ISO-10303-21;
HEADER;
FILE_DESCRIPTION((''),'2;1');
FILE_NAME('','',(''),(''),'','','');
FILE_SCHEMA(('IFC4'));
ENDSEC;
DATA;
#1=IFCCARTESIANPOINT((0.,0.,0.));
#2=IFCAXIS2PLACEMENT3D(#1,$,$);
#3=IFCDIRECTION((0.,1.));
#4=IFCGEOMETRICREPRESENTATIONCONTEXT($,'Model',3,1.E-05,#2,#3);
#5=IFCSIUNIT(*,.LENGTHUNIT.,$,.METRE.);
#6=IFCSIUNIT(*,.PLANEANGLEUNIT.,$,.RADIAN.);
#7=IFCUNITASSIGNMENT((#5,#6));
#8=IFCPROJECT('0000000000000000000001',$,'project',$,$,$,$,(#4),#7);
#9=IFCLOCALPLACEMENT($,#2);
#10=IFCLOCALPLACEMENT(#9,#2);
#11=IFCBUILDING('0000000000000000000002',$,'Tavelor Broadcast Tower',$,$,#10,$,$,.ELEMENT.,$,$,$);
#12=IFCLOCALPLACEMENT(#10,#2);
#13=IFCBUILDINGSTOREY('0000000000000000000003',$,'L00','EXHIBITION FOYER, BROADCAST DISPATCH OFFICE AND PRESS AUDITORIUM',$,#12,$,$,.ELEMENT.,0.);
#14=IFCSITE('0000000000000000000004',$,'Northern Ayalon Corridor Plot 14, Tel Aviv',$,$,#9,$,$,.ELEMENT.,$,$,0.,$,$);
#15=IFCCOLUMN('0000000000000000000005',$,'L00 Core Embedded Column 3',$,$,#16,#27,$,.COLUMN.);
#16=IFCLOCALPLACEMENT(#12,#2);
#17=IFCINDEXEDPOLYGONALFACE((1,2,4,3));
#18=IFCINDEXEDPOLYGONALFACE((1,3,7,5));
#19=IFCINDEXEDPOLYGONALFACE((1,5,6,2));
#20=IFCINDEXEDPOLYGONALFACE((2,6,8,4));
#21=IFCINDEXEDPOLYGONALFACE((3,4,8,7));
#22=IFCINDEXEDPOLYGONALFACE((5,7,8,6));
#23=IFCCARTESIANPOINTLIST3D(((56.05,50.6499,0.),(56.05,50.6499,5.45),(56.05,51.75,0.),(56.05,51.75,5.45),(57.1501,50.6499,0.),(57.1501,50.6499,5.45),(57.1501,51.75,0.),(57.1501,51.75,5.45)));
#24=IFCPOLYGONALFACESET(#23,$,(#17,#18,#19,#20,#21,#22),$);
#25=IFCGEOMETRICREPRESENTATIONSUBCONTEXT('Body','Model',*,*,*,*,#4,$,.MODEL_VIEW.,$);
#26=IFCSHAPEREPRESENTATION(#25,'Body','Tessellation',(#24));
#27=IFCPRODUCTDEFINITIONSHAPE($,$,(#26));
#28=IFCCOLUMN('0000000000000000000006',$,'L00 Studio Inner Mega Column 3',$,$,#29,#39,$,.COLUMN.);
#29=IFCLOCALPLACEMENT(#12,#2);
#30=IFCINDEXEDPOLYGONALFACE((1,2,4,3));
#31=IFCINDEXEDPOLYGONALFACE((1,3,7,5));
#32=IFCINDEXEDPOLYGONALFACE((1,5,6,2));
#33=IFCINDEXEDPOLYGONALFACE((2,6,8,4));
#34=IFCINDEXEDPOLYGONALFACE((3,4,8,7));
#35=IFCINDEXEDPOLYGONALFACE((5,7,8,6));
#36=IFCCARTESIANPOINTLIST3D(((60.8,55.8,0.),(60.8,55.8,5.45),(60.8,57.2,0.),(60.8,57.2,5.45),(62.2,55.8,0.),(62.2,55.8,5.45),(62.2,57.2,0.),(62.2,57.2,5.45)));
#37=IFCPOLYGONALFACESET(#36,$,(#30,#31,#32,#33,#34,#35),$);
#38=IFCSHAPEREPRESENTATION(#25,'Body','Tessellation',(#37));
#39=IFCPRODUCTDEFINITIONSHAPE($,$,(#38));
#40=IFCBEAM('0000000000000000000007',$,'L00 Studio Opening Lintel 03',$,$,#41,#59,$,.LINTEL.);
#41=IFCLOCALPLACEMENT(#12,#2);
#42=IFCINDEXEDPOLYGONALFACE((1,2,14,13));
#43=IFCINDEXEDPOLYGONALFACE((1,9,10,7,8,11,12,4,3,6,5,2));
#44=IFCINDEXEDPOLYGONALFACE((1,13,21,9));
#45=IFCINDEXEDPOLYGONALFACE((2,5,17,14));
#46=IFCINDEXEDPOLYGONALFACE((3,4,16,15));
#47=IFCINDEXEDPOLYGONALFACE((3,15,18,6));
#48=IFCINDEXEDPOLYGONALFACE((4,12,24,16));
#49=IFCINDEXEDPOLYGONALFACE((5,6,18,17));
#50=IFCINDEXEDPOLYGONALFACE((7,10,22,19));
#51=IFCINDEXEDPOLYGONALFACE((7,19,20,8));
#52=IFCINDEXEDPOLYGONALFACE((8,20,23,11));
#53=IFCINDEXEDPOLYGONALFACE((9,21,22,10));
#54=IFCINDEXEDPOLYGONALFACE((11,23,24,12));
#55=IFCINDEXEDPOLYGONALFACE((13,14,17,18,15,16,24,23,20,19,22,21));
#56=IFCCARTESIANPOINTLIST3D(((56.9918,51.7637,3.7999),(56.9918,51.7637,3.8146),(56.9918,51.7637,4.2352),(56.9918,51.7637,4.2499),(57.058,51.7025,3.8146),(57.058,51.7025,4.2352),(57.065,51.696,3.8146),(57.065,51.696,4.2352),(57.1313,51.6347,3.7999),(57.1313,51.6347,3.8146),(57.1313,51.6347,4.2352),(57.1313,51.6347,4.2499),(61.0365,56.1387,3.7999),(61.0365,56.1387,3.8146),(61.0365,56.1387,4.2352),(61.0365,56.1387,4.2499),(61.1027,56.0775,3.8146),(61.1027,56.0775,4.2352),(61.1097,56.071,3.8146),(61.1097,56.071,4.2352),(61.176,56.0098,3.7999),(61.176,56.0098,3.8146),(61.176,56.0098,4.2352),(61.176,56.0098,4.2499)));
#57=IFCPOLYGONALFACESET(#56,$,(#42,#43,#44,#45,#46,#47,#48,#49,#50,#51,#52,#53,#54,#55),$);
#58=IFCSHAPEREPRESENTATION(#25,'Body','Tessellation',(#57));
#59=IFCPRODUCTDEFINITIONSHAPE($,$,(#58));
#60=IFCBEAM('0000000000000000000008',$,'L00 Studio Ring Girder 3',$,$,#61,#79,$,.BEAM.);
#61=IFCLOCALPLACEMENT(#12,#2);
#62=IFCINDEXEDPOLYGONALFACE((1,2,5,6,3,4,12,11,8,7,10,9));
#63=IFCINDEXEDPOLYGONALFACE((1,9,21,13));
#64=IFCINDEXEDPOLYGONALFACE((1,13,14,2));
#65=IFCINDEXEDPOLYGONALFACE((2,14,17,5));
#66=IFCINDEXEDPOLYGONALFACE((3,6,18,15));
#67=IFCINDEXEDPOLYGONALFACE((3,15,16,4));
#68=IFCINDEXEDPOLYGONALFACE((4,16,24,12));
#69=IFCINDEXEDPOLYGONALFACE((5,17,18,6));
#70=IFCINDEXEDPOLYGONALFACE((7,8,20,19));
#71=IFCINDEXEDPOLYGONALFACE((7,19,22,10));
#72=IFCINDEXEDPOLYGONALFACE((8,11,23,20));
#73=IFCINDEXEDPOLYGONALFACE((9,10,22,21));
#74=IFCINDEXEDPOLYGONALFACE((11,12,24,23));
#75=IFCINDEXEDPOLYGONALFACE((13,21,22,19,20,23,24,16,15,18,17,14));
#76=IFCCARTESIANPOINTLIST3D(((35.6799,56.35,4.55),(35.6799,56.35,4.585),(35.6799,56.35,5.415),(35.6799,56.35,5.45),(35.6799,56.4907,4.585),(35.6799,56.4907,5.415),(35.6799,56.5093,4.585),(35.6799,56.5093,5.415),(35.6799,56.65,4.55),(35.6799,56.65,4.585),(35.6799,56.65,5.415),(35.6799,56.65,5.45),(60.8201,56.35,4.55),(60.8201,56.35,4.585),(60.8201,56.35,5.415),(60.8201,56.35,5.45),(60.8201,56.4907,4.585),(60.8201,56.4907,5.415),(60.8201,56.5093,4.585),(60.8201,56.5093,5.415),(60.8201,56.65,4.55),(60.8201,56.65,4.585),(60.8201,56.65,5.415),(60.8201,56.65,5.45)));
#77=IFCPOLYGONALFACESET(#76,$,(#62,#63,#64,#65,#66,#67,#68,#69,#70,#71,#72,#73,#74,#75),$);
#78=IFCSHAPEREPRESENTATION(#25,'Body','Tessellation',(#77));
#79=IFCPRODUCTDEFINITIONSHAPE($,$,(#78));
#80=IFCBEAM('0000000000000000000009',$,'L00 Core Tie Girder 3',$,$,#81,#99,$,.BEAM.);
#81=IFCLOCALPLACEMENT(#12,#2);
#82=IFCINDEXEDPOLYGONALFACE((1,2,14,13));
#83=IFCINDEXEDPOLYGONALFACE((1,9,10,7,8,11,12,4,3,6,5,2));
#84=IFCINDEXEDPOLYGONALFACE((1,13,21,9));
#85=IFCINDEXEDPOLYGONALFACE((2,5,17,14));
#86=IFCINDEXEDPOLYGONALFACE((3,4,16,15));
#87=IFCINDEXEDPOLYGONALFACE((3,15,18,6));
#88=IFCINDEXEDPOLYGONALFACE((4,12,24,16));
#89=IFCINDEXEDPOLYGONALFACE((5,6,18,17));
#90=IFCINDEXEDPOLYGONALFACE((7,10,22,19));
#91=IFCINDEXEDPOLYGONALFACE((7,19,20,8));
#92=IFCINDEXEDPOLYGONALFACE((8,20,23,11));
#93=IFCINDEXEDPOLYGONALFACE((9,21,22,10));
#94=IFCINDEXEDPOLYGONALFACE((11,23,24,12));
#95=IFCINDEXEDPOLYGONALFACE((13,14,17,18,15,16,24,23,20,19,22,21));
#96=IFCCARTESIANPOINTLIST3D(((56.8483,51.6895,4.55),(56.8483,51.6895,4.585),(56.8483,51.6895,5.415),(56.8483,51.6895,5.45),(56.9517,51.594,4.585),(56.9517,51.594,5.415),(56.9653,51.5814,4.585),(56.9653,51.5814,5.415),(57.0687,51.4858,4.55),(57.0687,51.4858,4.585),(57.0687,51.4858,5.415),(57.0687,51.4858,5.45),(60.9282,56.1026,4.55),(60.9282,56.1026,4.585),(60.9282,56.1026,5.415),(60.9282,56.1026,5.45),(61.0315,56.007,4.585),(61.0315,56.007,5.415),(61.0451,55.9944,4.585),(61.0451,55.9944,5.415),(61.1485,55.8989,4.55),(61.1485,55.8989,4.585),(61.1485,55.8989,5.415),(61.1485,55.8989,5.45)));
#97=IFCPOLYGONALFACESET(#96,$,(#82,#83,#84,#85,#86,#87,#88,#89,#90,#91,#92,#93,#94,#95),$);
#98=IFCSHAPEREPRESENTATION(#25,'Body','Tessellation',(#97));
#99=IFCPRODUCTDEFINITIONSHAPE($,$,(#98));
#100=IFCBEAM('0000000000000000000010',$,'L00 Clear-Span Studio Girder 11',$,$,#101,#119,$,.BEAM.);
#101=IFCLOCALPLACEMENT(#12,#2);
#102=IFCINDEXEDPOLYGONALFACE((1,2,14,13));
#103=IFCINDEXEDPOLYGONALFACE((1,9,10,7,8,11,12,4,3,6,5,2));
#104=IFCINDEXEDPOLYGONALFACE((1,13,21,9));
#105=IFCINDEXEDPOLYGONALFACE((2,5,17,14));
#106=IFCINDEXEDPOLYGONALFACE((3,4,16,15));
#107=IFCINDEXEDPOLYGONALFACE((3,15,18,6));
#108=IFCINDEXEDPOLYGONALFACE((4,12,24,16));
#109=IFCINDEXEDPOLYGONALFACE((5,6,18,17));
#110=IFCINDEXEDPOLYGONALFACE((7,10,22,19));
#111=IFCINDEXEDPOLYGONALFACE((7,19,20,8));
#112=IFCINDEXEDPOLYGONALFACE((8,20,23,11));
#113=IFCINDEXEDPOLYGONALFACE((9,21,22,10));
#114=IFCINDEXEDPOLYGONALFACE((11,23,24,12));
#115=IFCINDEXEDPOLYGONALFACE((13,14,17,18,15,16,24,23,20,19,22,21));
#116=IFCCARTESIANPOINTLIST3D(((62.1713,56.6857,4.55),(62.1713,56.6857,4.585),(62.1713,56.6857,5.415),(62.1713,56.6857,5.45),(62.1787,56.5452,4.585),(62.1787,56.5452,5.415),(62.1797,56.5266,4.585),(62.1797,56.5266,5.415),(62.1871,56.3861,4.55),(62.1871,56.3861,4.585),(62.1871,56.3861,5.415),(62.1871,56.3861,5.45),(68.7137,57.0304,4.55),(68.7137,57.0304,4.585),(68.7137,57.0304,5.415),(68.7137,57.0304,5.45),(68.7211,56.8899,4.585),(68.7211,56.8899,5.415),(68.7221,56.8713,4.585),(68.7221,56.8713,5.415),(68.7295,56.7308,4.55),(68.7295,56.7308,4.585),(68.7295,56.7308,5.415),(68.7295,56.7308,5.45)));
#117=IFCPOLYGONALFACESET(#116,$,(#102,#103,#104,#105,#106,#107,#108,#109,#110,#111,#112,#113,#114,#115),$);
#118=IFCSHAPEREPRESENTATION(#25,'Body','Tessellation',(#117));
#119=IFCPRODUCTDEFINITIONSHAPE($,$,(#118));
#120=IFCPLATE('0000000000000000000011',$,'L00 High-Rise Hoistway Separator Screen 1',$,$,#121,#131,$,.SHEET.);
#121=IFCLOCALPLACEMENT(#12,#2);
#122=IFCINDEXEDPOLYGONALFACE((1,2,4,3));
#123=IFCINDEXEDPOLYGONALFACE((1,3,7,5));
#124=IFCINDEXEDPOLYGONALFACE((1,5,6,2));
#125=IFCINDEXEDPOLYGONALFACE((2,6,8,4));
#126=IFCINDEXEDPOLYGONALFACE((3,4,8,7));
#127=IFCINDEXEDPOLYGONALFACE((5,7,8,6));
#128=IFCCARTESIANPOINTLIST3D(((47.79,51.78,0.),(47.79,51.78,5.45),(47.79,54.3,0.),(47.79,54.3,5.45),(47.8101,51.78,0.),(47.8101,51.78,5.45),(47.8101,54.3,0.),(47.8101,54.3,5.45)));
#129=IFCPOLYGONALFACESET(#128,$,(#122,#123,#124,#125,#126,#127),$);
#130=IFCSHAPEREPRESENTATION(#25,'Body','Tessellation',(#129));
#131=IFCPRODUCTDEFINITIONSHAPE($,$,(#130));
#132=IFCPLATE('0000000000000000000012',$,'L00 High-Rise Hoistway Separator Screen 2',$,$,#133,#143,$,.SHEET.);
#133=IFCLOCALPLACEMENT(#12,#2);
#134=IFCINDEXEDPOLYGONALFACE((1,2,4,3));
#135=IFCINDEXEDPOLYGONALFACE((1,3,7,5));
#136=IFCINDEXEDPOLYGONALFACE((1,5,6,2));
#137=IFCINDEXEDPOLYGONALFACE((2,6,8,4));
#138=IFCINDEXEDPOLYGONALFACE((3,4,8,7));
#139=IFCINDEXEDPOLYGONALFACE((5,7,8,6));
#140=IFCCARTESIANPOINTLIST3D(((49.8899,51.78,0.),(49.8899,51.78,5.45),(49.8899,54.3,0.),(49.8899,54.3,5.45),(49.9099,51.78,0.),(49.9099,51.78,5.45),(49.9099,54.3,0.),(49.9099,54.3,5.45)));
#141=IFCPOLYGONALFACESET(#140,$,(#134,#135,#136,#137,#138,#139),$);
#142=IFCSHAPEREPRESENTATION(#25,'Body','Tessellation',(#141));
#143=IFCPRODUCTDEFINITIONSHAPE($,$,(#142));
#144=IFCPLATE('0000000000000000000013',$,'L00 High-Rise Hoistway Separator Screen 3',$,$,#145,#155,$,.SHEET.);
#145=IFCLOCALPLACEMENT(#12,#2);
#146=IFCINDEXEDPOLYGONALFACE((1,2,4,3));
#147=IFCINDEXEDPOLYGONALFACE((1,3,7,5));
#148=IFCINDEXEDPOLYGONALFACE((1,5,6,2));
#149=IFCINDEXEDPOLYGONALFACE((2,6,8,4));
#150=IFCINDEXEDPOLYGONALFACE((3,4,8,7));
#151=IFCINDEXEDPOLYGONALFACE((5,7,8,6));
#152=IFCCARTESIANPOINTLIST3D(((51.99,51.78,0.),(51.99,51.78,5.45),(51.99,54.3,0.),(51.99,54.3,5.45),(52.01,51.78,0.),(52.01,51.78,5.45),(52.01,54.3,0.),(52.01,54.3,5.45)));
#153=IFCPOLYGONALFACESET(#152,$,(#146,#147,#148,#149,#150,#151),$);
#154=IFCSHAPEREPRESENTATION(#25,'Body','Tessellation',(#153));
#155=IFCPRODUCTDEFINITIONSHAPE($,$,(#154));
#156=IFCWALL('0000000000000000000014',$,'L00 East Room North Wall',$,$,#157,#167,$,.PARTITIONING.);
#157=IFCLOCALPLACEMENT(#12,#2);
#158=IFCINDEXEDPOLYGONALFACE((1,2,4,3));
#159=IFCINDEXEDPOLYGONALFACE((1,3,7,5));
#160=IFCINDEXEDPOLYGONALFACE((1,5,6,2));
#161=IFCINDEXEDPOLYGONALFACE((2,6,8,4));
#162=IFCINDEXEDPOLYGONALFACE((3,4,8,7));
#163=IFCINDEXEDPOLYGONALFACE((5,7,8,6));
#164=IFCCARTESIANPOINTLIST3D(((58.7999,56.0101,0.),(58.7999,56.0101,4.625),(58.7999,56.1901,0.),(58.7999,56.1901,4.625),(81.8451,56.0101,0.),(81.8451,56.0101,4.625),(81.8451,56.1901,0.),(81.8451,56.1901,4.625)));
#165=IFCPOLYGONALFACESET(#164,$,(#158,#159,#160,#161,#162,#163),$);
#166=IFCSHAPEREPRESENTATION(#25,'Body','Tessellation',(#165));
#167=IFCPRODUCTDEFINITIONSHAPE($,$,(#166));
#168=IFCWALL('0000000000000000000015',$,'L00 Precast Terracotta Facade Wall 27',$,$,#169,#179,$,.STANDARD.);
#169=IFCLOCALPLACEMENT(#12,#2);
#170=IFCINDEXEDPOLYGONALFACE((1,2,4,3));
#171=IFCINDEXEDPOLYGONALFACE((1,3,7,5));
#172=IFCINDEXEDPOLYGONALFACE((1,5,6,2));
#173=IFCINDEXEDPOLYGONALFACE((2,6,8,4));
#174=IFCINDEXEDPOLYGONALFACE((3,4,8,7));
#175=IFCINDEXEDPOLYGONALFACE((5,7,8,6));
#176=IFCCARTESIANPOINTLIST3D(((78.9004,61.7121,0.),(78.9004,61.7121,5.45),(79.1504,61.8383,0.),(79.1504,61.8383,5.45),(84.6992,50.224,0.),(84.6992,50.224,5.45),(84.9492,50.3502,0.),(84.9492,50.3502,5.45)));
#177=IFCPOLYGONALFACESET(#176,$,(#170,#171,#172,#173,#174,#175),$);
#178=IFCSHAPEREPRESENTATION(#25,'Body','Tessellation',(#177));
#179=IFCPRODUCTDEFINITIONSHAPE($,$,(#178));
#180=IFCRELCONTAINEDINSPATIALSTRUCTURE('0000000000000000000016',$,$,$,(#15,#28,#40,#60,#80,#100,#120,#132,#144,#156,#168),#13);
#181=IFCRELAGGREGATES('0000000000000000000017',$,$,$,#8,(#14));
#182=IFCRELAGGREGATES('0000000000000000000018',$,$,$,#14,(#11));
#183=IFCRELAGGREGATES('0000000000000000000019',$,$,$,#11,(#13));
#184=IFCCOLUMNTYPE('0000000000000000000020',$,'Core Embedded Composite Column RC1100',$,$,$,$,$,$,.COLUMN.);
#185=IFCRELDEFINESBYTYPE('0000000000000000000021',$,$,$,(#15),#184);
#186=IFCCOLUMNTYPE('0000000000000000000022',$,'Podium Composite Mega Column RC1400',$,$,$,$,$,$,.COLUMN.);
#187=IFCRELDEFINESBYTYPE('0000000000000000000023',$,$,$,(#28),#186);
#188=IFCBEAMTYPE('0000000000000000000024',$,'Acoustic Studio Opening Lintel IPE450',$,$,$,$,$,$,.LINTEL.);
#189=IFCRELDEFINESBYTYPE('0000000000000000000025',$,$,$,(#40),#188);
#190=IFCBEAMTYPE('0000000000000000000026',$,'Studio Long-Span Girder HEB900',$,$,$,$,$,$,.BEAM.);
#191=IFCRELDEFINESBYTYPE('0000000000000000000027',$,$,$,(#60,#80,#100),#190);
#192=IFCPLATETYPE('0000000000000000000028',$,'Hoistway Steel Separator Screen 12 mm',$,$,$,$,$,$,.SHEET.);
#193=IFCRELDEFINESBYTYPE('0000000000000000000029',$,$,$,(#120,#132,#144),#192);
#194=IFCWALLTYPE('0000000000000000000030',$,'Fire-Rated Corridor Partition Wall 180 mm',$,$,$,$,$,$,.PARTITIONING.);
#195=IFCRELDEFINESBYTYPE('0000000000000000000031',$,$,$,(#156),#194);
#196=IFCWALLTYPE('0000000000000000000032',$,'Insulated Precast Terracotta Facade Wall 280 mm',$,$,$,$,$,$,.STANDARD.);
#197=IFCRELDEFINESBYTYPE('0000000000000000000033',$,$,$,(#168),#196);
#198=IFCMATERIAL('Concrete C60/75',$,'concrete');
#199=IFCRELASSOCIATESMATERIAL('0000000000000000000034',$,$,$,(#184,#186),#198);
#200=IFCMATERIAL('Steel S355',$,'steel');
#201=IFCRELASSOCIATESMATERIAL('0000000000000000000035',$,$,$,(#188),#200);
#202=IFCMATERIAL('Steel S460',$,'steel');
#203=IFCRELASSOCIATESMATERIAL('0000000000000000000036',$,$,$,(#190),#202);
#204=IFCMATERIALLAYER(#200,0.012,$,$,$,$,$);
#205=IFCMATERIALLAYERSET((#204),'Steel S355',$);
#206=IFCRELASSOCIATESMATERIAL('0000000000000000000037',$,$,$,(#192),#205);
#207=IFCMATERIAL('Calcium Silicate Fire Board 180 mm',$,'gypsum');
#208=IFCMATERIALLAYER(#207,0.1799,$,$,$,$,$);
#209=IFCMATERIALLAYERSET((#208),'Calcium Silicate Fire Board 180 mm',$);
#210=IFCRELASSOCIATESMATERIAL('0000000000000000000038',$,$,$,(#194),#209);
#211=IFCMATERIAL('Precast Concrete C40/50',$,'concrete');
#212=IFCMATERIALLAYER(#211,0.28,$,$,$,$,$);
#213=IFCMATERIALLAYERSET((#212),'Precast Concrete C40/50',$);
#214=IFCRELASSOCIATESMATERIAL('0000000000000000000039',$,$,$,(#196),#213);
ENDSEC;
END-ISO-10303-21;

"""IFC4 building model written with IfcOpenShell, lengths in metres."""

from ifc_helpers import new_model, si_unit, direction, frame, frame_2d, origin, origin_2d, place, context, subcontext, project, spatial, rectangle, i_section, extrude, source, transform, mapped, material, layer, layer_set, material_profile, profile_set, type_object, type_shapes, element, save


model = new_model("IFC4")

# Units and contexts
model_context = context("Model", 3, precision=1e-05, world=origin(), true_north=direction((0.0, 1.0)))
body_context = subcontext(model_context, "Body", "Model", "MODEL_VIEW")
ifc_project = project(units=[si_unit("LENGTHUNIT", "METRE"), si_unit("PLANEANGLEUNIT", "RADIAN")], contexts=[model_context])

# Site, building, storey
site_placement = place(None, origin())
site = spatial("IfcSite", under=ifc_project, at=site_placement, Name="Northern Ayalon Corridor Plot 14, Tel Aviv", CompositionType="ELEMENT", RefElevation=0.0)
building_placement = place(site_placement, origin())
building = spatial("IfcBuilding", under=site, at=building_placement, Name="Tavelor Broadcast Tower", CompositionType="ELEMENT")
storey_placement = place(building_placement, origin())
storey = spatial("IfcBuildingStorey", under=building, at=storey_placement, Name="L00", Description="EXHIBITION FOYER, BROADCAST DISPATCH OFFICE AND PRESS AUDITORIUM", CompositionType="ELEMENT", Elevation=0.0)

# Columns
ifc_material_1 = material(Name="Concrete C60/75", Category="concrete")
ifc_material_profile_1 = material_profile(ifc_material_1, rectangle(XDim=1.1001, YDim=1.1001, at=origin_2d()), Name="RC 1100x1100")
ifc_profile_set_1 = profile_set([ifc_material_profile_1], Name="Concrete C60/75")
column_type_1 = type_object("IfcColumnType", Name="Core Embedded Composite Column RC1100", PredefinedType="COLUMN", material=ifc_profile_set_1)
column_1_placement = place(storey_placement, frame((56.6001, 51.2, 0.0), z_axis=(0.0, 0.0, 1.0), x_axis=(1.0, 0.0, 0.0)))
element("IfcColumn", 1, at=column_1_placement, inside=storey, type_object=column_type_1, Name="L00 Core Embedded Column 3", PredefinedType="COLUMN", context=body_context, shape_type="SweptSolid", body=[
    extrude(rectangle(XDim=1.1001, YDim=1.1001, at=origin_2d()), origin(), (0.0, 0.0, 1.0), 5.45),
])
ifc_material_profile_2 = material_profile(ifc_material_1, rectangle(XDim=1.3999, YDim=1.3999, at=origin_2d()), Name="RC 1400x1400")
ifc_profile_set_2 = profile_set([ifc_material_profile_2], Name="Concrete C60/75")
column_type_2 = type_object("IfcColumnType", Name="Podium Composite Mega Column RC1400", PredefinedType="COLUMN", material=ifc_profile_set_2)
column_2_placement = place(storey_placement, frame((61.5, 56.5, 0.0), z_axis=(0.0, 0.0, 1.0), x_axis=(1.0, 0.0, 0.0)))
element("IfcColumn", 2, at=column_2_placement, inside=storey, type_object=column_type_2, Name="L00 Studio Inner Mega Column 3", PredefinedType="COLUMN", context=body_context, shape_type="SweptSolid", body=[
    extrude(rectangle(XDim=1.3999, YDim=1.3999, at=origin_2d()), origin(), (0.0, 0.0, 1.0), 5.45),
])

# Beams
ifc_material_2 = material(Name="Steel S355", Category="steel")
ifc_material_profile_3 = material_profile(ifc_material_2, i_section(OverallWidth=0.1899, OverallDepth=0.45, WebThickness=0.0095, FlangeThickness=0.0146, at=origin_2d()), Name="IPE 450")
ifc_profile_set_3 = profile_set([ifc_material_profile_3], Name="Steel S355")
beam_type_1 = type_object("IfcBeamType", Name="Acoustic Studio Opening Lintel IPE450", PredefinedType="LINTEL", material=ifc_profile_set_3)
beam_1_placement = place(storey_placement, frame((57.0615, 51.6992, 4.0249), z_axis=(0.678843, 0.734283, 0.0), x_axis=(-0.734283, 0.678843, 0.0)))
element("IfcBeam", 3, at=beam_1_placement, inside=storey, type_object=beam_type_1, Name="L00 Studio Opening Lintel 03", PredefinedType="LINTEL", context=body_context, shape_type="SweptSolid", body=[
    extrude(i_section(OverallWidth=0.1899, OverallDepth=0.45, WebThickness=0.0095, FlangeThickness=0.0146, at=origin_2d()), origin(), (0.0, 0.0, 1.0), 5.9583),
])
ifc_material_3 = material(Name="Steel S460", Category="steel")
ifc_material_profile_4 = material_profile(ifc_material_3, i_section(OverallWidth=0.3, OverallDepth=0.8999, WebThickness=0.0186, FlangeThickness=0.0349, at=origin_2d()), Name="HEB 900")
ifc_profile_set_4 = profile_set([ifc_material_profile_4], Name="Steel S460")
beam_type_2 = type_object("IfcBeamType", Name="Studio Long-Span Girder HEB900", PredefinedType="BEAM", material=ifc_profile_set_4)
beam_2_placement = place(storey_placement, frame((60.8201, 56.5, 5.0), z_axis=(-1.0, 0.0, 0.0), x_axis=(0.0, -1.0, 0.0)))
element("IfcBeam", 4, at=beam_2_placement, inside=storey, type_object=beam_type_2, Name="L00 Studio Ring Girder 3", PredefinedType="BEAM", context=body_context, shape_type="SweptSolid", body=[
    extrude(i_section(OverallWidth=0.3, OverallDepth=0.8999, WebThickness=0.0186, FlangeThickness=0.0349, at=origin_2d()), origin(), (0.0, 0.0, 1.0), 25.1401),
])
beam_3_placement = place(storey_placement, frame((61.0383, 56.0007, 5.0), z_axis=(-0.678838, -0.734288, 0.0), x_axis=(0.734288, -0.678838, 0.0)))
element("IfcBeam", 5, at=beam_3_placement, inside=storey, type_object=beam_type_2, Name="L00 Core Tie Girder 3", PredefinedType="BEAM", context=body_context, shape_type="SweptSolid", body=[
    extrude(i_section(OverallWidth=0.3, OverallDepth=0.8999, WebThickness=0.0186, FlangeThickness=0.0349, at=origin_2d()), origin(), (0.0, 0.0, 1.0), 6.01),
])
beam_4_placement = place(storey_placement, frame((62.1792, 56.5359, 5.0), z_axis=(0.998615, 0.052618, 0.0), x_axis=(-0.052618, 0.998615, 0.0)))
element("IfcBeam", 6, at=beam_4_placement, inside=storey, type_object=beam_type_2, Name="L00 Clear-Span Studio Girder 11", PredefinedType="BEAM", context=body_context, shape_type="SweptSolid", body=[
    extrude(i_section(OverallWidth=0.3, OverallDepth=0.8999, WebThickness=0.0186, FlangeThickness=0.0349, at=origin_2d()), origin(), (0.0, 0.0, 1.0), 6.5515),
])

# Plates
ifc_layer_1 = layer(ifc_material_2, 0.012)
ifc_layer_set_1 = layer_set([ifc_layer_1], Name="Steel S355")
plate_type = type_object("IfcPlateType", Name="Hoistway Steel Separator Screen 12 mm", PredefinedType="SHEET", material=ifc_layer_set_1)
shared_shape = source(origin(), body_context, "Body", "SweptSolid", [
    extrude(rectangle(XDim=0.02, YDim=2.52, at=origin_2d()), origin(), (0.0, 0.0, 1.0), 5.45),
])
type_shapes(plate_type, [shared_shape])
for number, where, z_axis, x_axis, name in (
    (7, (47.8, 53.04, 0.0), (0.0, 0.0, 1.0), (1.0, 0.0, 0.0), "L00 High-Rise Hoistway Separator Screen 1"),
    (8, (49.8999, 53.04, 0.0), (0.0, 0.0, 1.0), (1.0, 0.0, 0.0), "L00 High-Rise Hoistway Separator Screen 2"),
    (9, (52.0, 53.04, 0.0), (0.0, 0.0, 1.0), (1.0, 0.0, 0.0), "L00 High-Rise Hoistway Separator Screen 3"),
):
    element("IfcPlate", number, at=place(storey_placement, frame(where, z_axis=z_axis, x_axis=x_axis)), inside=storey, type_object=plate_type, Name=name, PredefinedType="SHEET", context=body_context, shape_type="MappedRepresentation", body=[
        mapped(shared_shape, transform((0.0, 0.0, 0.0), scale=1.0)),
    ])

# Walls
ifc_material_4 = material(Name="Calcium Silicate Fire Board 180 mm", Category="gypsum")
ifc_layer_2 = layer(ifc_material_4, 0.1799)
ifc_layer_set_2 = layer_set([ifc_layer_2], Name="Calcium Silicate Fire Board 180 mm")
wall_type_1 = type_object("IfcWallType", Name="Fire-Rated Corridor Partition Wall 180 mm", PredefinedType="PARTITIONING", material=ifc_layer_set_2)
wall_1_placement = place(storey_placement, frame((58.8, 56.1001, 0.0), z_axis=(0.0, 0.0, 1.0), x_axis=(1.0, 0.0, 0.0)))
element("IfcWall", 10, at=wall_1_placement, inside=storey, type_object=wall_type_1, Name="L00 East Room North Wall", PredefinedType="PARTITIONING", context=body_context, shape_type="SweptSolid", body=[
    extrude(rectangle(XDim=23.0452, YDim=0.1799, at=frame_2d((11.5225, 0.0))), origin(), (0.0, 0.0, 1.0), 4.625),
])
ifc_material_5 = material(Name="Precast Concrete C40/50", Category="concrete")
ifc_layer_3 = layer(ifc_material_5, 0.28)
ifc_layer_set_3 = layer_set([ifc_layer_3], Name="Precast Concrete C40/50")
wall_type_2 = type_object("IfcWallType", Name="Insulated Precast Terracotta Facade Wall 280 mm", PredefinedType="STANDARD", material=ifc_layer_set_3)
wall_2_placement = place(storey_placement, frame((84.8242, 50.2871, 0.0), z_axis=(0.0, 0.0, 1.0), x_axis=(-0.450618, 0.892717, 0.0)))
element("IfcWall", 11, at=wall_2_placement, inside=storey, type_object=wall_type_2, Name="L00 Precast Terracotta Facade Wall 27", PredefinedType="STANDARD", context=body_context, shape_type="SweptSolid", body=[
    extrude(rectangle(XDim=12.8687, YDim=0.28, at=frame_2d((6.4343, 0.0))), origin(), (0.0, 0.0, 1.0), 5.45),
])

save(model, "model.ifc")
